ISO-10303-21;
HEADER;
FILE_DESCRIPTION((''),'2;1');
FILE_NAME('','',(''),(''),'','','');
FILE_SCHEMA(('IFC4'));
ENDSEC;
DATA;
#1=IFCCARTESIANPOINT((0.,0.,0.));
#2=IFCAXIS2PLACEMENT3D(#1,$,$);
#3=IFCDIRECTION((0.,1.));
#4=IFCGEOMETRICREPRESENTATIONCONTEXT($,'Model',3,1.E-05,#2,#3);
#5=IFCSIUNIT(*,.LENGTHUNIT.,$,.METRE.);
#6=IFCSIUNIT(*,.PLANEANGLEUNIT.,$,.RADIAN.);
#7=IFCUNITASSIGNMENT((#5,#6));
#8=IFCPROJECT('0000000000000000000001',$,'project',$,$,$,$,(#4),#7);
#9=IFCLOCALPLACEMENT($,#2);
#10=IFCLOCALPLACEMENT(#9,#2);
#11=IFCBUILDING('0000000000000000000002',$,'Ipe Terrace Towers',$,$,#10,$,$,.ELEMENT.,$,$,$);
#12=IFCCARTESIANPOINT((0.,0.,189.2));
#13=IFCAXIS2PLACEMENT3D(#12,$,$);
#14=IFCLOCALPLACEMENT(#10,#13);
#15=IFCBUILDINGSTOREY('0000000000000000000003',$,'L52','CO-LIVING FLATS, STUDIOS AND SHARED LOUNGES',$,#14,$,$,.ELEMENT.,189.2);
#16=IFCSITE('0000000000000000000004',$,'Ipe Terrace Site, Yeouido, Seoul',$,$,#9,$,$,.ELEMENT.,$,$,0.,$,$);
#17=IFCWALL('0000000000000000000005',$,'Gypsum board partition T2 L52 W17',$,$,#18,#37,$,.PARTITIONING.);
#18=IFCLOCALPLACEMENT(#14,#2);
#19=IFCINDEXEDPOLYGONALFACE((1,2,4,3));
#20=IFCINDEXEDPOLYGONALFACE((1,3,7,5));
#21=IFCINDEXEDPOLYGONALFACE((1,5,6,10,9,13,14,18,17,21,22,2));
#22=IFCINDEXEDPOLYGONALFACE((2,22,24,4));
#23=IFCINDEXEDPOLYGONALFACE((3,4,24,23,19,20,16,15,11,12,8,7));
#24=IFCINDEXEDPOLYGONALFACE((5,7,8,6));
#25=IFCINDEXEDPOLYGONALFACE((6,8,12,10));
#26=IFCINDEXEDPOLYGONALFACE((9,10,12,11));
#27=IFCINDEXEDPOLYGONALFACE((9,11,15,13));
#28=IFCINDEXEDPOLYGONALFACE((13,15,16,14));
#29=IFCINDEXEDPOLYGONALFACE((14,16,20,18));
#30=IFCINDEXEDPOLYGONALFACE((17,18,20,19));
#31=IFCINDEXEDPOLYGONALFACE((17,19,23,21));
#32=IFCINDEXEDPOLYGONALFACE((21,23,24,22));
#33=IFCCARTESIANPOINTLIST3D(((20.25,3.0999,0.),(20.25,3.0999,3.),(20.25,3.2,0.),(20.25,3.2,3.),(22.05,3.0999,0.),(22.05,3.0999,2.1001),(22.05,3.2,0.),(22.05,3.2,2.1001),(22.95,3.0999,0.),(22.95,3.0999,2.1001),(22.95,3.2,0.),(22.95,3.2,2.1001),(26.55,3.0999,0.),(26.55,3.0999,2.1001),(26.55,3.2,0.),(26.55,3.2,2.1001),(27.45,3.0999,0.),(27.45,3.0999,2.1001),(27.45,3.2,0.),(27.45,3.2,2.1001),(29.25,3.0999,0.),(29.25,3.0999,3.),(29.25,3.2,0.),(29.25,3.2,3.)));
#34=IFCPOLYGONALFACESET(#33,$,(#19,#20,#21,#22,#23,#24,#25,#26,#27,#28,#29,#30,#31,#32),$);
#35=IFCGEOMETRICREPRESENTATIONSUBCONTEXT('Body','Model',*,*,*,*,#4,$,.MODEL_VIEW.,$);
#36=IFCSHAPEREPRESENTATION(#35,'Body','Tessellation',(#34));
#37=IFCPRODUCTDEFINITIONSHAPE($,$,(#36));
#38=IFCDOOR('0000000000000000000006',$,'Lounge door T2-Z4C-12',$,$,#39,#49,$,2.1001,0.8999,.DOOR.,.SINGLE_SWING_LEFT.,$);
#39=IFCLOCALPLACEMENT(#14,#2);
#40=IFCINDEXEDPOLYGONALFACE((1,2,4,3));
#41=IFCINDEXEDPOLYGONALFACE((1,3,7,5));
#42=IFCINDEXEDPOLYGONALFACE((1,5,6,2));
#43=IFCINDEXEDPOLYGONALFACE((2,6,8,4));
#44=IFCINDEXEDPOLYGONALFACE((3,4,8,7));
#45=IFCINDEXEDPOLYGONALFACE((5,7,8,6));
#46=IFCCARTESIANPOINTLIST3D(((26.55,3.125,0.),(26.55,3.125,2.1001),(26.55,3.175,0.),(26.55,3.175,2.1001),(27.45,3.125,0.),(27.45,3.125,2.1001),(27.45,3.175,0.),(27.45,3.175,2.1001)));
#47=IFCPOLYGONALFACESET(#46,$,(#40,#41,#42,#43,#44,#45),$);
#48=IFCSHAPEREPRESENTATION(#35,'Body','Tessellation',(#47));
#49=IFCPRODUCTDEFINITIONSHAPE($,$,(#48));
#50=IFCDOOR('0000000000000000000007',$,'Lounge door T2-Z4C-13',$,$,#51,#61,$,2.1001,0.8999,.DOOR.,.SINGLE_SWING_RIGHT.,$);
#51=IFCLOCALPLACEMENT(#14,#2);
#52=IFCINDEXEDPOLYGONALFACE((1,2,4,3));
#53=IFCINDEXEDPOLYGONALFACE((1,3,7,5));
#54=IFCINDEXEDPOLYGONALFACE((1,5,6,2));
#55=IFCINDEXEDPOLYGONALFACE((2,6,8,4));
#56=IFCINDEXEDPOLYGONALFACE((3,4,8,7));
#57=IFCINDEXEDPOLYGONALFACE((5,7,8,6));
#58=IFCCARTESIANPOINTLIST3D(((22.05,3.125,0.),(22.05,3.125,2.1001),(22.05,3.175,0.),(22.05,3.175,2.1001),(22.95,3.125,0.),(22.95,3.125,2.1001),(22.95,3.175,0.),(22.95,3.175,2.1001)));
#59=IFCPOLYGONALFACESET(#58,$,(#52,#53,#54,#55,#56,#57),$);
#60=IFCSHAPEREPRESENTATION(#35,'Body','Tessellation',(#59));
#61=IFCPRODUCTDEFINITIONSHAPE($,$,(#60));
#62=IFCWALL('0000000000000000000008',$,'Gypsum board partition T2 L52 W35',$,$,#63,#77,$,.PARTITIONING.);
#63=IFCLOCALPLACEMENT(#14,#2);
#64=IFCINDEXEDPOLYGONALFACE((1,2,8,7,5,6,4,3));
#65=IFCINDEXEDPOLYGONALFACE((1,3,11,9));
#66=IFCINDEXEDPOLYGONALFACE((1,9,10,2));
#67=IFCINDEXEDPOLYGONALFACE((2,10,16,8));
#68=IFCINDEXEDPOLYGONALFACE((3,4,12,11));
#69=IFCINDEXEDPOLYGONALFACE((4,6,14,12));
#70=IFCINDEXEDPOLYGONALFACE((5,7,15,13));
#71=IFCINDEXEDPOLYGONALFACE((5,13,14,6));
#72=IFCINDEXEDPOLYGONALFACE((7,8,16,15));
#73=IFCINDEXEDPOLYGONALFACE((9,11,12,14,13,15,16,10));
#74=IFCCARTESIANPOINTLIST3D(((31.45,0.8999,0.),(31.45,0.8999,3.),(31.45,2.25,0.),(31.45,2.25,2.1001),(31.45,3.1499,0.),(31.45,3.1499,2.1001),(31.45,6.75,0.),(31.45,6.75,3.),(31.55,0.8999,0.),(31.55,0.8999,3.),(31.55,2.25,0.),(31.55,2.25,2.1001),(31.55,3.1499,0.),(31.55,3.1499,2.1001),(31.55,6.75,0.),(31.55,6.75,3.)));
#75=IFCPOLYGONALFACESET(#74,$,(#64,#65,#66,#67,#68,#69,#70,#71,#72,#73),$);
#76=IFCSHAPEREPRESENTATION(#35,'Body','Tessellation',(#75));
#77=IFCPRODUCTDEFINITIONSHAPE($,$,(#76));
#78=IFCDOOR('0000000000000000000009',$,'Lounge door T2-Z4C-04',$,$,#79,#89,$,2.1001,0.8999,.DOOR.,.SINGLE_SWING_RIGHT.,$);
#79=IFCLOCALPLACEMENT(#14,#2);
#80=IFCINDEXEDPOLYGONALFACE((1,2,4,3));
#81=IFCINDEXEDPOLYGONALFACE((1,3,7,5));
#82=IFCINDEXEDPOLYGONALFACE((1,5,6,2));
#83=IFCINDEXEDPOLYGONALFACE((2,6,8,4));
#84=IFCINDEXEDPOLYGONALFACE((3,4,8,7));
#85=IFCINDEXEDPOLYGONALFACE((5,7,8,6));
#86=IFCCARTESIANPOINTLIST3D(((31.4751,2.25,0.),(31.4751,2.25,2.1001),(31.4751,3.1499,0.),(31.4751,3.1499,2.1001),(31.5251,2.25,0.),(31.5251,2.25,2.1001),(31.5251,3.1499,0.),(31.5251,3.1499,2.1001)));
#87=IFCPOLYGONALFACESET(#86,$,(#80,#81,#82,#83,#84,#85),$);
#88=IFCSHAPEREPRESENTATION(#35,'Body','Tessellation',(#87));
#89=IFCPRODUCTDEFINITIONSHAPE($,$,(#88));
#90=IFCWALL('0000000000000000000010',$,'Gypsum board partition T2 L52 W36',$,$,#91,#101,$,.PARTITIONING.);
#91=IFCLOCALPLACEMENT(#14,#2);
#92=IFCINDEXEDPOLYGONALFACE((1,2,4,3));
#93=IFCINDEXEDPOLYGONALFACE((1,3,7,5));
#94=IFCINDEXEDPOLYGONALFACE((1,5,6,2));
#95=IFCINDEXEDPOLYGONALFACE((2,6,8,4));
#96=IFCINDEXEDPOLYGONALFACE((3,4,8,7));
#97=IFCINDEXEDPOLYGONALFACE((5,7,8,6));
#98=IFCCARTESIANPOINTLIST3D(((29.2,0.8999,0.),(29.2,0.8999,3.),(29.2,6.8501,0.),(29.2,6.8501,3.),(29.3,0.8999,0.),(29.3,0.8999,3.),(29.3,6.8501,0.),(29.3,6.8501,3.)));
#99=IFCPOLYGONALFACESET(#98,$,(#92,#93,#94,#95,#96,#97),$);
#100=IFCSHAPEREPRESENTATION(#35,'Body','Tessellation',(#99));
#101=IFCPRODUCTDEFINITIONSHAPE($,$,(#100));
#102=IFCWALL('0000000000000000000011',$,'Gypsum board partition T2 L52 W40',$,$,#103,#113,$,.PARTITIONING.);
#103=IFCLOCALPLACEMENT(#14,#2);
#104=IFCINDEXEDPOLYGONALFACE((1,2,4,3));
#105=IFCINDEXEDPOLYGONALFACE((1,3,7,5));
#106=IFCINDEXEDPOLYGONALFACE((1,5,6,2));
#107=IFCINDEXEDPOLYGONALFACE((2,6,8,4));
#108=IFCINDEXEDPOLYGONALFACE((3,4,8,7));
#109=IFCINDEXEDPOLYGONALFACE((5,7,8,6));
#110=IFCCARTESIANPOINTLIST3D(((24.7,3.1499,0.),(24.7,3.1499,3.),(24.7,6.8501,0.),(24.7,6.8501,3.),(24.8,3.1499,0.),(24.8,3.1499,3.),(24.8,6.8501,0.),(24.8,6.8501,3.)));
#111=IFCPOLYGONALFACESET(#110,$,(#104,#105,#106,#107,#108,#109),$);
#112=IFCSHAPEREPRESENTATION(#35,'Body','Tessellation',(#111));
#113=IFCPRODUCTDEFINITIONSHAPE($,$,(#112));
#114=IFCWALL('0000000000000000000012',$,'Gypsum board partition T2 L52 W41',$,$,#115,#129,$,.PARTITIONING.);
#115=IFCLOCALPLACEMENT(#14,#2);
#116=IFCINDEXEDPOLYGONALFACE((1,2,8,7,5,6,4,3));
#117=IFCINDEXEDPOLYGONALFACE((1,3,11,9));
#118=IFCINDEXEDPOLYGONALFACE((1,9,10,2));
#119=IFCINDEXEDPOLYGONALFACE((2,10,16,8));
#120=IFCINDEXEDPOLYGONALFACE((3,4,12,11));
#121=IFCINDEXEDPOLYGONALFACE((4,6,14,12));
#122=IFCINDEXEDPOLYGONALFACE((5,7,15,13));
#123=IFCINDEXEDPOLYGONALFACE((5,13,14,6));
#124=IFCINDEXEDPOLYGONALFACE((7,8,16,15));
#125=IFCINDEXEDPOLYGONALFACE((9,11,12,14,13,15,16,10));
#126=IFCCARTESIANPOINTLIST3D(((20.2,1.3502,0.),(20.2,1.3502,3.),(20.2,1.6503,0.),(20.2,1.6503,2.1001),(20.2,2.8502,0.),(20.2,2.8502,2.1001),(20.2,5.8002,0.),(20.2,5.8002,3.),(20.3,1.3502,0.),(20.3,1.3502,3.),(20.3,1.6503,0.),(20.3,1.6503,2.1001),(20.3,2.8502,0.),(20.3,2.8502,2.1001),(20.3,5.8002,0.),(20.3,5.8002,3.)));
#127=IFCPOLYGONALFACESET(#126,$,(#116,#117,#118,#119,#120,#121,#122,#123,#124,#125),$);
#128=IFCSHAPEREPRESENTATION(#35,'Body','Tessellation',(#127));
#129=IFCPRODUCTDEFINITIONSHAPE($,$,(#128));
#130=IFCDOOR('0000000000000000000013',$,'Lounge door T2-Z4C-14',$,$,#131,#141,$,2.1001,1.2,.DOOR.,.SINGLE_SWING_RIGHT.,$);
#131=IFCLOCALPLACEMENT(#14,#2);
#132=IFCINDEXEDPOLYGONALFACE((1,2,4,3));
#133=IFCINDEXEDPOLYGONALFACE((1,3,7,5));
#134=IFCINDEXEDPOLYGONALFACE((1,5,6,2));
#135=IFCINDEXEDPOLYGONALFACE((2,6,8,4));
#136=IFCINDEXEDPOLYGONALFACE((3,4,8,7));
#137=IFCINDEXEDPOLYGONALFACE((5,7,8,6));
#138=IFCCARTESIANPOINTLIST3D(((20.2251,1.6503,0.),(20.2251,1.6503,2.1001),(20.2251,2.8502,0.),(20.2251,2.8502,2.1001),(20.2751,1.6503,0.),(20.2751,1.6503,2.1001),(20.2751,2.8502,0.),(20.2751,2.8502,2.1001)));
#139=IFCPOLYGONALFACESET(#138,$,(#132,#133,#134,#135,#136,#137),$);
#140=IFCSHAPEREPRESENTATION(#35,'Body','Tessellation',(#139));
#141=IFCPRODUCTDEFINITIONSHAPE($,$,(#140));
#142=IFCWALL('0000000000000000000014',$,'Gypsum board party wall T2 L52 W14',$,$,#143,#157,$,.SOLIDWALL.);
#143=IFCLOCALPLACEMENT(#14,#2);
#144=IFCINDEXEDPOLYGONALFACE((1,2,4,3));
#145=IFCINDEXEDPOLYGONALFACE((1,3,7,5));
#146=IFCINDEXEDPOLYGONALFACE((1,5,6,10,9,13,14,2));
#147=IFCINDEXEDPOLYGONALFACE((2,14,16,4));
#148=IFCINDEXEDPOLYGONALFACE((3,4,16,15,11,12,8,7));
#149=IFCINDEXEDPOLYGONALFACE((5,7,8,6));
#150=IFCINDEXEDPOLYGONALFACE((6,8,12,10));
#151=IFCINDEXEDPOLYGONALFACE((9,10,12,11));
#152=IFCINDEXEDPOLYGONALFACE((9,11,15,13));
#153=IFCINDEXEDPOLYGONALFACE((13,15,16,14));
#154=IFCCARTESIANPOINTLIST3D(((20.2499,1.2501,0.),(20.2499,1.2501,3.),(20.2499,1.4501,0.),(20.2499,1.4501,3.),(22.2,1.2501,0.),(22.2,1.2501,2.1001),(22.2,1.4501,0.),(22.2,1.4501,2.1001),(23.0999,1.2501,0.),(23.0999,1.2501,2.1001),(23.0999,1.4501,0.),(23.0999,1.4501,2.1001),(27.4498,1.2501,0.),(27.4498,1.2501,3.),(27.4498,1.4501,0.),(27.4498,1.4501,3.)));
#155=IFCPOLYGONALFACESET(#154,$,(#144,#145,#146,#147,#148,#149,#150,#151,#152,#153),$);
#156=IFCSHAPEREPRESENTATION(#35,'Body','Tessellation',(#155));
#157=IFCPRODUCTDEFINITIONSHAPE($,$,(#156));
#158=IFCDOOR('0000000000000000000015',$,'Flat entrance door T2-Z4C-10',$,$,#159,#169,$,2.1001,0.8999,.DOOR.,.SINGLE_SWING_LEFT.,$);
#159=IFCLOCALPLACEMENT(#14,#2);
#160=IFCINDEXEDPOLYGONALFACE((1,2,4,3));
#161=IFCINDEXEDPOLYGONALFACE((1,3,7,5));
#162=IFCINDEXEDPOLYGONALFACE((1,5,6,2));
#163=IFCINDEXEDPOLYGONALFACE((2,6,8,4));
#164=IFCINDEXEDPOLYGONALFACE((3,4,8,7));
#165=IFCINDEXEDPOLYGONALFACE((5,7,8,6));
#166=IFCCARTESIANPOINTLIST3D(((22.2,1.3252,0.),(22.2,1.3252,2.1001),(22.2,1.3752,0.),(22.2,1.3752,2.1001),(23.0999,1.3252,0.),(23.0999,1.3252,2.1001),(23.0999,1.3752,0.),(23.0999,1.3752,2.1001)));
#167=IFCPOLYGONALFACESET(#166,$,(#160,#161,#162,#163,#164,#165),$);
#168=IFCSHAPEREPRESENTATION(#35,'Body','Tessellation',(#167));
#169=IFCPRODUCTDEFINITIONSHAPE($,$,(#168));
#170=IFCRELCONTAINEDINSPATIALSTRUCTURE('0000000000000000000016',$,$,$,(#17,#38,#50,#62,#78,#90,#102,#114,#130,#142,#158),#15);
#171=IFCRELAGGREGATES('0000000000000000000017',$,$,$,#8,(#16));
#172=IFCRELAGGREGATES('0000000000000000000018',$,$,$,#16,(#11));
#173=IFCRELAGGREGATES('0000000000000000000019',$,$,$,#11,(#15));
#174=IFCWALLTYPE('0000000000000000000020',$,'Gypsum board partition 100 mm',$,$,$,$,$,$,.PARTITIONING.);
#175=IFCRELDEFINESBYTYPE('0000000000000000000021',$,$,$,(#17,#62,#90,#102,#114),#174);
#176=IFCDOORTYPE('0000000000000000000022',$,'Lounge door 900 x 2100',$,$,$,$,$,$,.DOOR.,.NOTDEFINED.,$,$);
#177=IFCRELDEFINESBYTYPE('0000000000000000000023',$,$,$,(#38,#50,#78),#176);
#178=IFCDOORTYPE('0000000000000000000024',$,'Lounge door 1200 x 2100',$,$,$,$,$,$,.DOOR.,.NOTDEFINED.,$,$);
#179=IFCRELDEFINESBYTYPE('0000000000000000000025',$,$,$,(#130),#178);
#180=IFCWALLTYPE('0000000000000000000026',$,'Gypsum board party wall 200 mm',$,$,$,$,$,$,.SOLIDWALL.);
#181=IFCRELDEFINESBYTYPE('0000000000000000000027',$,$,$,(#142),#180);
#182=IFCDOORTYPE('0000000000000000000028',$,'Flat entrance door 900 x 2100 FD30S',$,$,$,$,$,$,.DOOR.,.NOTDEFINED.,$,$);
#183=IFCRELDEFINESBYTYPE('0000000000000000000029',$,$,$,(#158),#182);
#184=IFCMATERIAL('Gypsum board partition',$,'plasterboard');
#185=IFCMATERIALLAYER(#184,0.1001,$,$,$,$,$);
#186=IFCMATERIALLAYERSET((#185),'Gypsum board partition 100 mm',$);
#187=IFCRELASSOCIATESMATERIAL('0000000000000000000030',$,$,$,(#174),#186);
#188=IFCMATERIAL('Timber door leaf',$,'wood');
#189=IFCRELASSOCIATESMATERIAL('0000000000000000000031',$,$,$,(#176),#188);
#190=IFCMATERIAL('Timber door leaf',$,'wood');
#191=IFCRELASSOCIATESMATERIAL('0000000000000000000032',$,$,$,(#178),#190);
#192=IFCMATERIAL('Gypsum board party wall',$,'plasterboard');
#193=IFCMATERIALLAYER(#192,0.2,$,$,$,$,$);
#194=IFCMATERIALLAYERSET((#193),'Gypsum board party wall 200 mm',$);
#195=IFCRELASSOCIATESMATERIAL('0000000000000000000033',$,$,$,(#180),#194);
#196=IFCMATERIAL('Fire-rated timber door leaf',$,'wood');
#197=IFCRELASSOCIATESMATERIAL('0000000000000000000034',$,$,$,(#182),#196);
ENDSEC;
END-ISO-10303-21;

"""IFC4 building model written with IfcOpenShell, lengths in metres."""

from ifc_helpers import new_model, si_unit, direction, frame, frame_2d, origin, place, context, subcontext, project, spatial, rectangle, extrude, material, layer, layer_set, type_object, element, fill, save


model = new_model("IFC4")

# Units and contexts
model_context = context("Model", 3, precision=1e-05, world=origin(), true_north=direction((0.0, 1.0)))
body_context = subcontext(model_context, "Body", "Model", "MODEL_VIEW")
ifc_project = project(units=[si_unit("LENGTHUNIT", "METRE"), si_unit("PLANEANGLEUNIT", "RADIAN")], contexts=[model_context])

# Site, building, storey
site_placement = place(None, origin())
site = spatial("IfcSite", under=ifc_project, at=site_placement, Name="Ipe Terrace Site, Yeouido, Seoul", CompositionType="ELEMENT", RefElevation=0.0)
building_placement = place(site_placement, origin())
building = spatial("IfcBuilding", under=site, at=building_placement, Name="Ipe Terrace Towers", CompositionType="ELEMENT")
storey_placement = place(building_placement, frame((0.0, 0.0, 189.2)))
storey = spatial("IfcBuildingStorey", under=building, at=storey_placement, Name="L52", Description="CO-LIVING FLATS, STUDIOS AND SHARED LOUNGES", CompositionType="ELEMENT", Elevation=189.2)

# Shared definitions
ifc_material_1 = material(Name="Gypsum board partition", Category="plasterboard")
ifc_layer_1 = layer(ifc_material_1, 0.1001)
ifc_layer_set_1 = layer_set([ifc_layer_1], Name="Gypsum board partition 100 mm")
wall_type_1 = type_object("IfcWallType", Name="Gypsum board partition 100 mm", PredefinedType="PARTITIONING", material=ifc_layer_set_1)

# Wall, openings, doors
wall_1_placement = place(storey_placement, frame((29.25, 3.1499, 0.0), z_axis=(0.0, 0.0, 1.0), x_axis=(-1.0, 0.0, 0.0)))
wall_1 = element("IfcWall", 1, at=wall_1_placement, inside=storey, type_object=wall_type_1, Name="Gypsum board partition T2 L52 W17", PredefinedType="PARTITIONING", context=body_context, shape_type="SweptSolid", body=[
    extrude(rectangle(XDim=9.0, YDim=0.1001, at=frame_2d((4.5, 0.0))), origin(), (0.0, 0.0, 1.0), 3.0),
])
opening_1_placement = place(wall_1_placement, frame((1.8, 0.0, 0.0)))
opening_1 = element("IfcOpeningElement", 2, at=opening_1_placement, cuts=wall_1, PredefinedType="OPENING", context=body_context, shape_type="SweptSolid", body=[
    extrude(rectangle(XDim=0.8999, YDim=2.1001, at=frame_2d((0.45, 1.05))), frame((0.0, 0.0601, 0.0), z_axis=(0.0, -1.0, 0.0), x_axis=(1.0, 0.0, 0.0)), (0.0, 0.0, 1.0), 0.1201),
])
opening_2_placement = place(wall_1_placement, frame((6.3, 0.0, 0.0)))
opening_2 = element("IfcOpeningElement", 3, at=opening_2_placement, cuts=wall_1, PredefinedType="OPENING", context=body_context, shape_type="SweptSolid", body=[
    extrude(rectangle(XDim=0.8999, YDim=2.1001, at=frame_2d((0.45, 1.05))), frame((0.0, 0.0601, 0.0), z_axis=(0.0, -1.0, 0.0), x_axis=(1.0, 0.0, 0.0)), (0.0, 0.0, 1.0), 0.1201),
])
ifc_material_2 = material(Name="Timber door leaf", Category="wood")
door_type_1 = type_object("IfcDoorType", Name="Lounge door 900 x 2100", OperationType="NOTDEFINED", PredefinedType="DOOR", material=ifc_material_2)
door_1_placement = place(opening_1_placement, origin())
door_1 = element("IfcDoor", 4, at=door_1_placement, inside=storey, type_object=door_type_1, Name="Lounge door T2-Z4C-12", OperationType="SINGLE_SWING_LEFT", OverallHeight=2.1001, OverallWidth=0.8999, PredefinedType="DOOR", context=body_context, shape_type="SweptSolid", body=[
    extrude(rectangle(XDim=0.8999, YDim=2.1001, at=frame_2d((0.45, 1.05))), frame((0.0, 0.0249, 0.0), z_axis=(0.0, -1.0, 0.0), x_axis=(1.0, 0.0, 0.0)), (0.0, 0.0, 1.0), 0.05),
])
fill(opening_1, door_1)
door_2_placement = place(opening_2_placement, origin())
door_2 = element("IfcDoor", 5, at=door_2_placement, inside=storey, type_object=door_type_1, Name="Lounge door T2-Z4C-13", OperationType="SINGLE_SWING_RIGHT", OverallHeight=2.1001, OverallWidth=0.8999, PredefinedType="DOOR", context=body_context, shape_type="SweptSolid", body=[
    extrude(rectangle(XDim=0.8999, YDim=2.1001, at=frame_2d((0.45, 1.05))), frame((0.0, 0.0249, 0.0), z_axis=(0.0, -1.0, 0.0), x_axis=(1.0, 0.0, 0.0)), (0.0, 0.0, 1.0), 0.05),
])
fill(opening_2, door_2)

# Wall, opening, door
wall_2_placement = place(storey_placement, frame((31.5, 0.8999, 0.0), z_axis=(0.0, 0.0, 1.0), x_axis=(0.0, 1.0, 0.0)))
wall_2 = element("IfcWall", 6, at=wall_2_placement, inside=storey, type_object=wall_type_1, Name="Gypsum board partition T2 L52 W35", PredefinedType="PARTITIONING", context=body_context, shape_type="SweptSolid", body=[
    extrude(rectangle(XDim=5.8501, YDim=0.1001, at=frame_2d((2.925, 0.0))), origin(), (0.0, 0.0, 1.0), 3.0),
])
opening_3_placement = place(wall_2_placement, frame((1.3501, 0.0, 0.0)))
opening_3 = element("IfcOpeningElement", 7, at=opening_3_placement, cuts=wall_2, PredefinedType="OPENING", context=body_context, shape_type="SweptSolid", body=[
    extrude(rectangle(XDim=0.8999, YDim=2.1001, at=frame_2d((0.45, 1.05))), frame((0.0, 0.0601, 0.0), z_axis=(0.0, -1.0, 0.0), x_axis=(1.0, 0.0, 0.0)), (0.0, 0.0, 1.0), 0.1201),
])
door_3_placement = place(opening_3_placement, origin())
door_3 = element("IfcDoor", 8, at=door_3_placement, inside=storey, type_object=door_type_1, Name="Lounge door T2-Z4C-04", OperationType="SINGLE_SWING_RIGHT", OverallHeight=2.1001, OverallWidth=0.8999, PredefinedType="DOOR", context=body_context, shape_type="SweptSolid", body=[
    extrude(rectangle(XDim=0.8999, YDim=2.1001, at=frame_2d((0.45, 1.05))), frame((0.0, 0.0249, 0.0), z_axis=(0.0, -1.0, 0.0), x_axis=(1.0, 0.0, 0.0)), (0.0, 0.0, 1.0), 0.05),
])
fill(opening_3, door_3)

# Walls
wall_3_placement = place(storey_placement, frame((29.25, 0.8999, 0.0), z_axis=(0.0, 0.0, 1.0), x_axis=(0.0, 1.0, 0.0)))
element("IfcWall", 9, at=wall_3_placement, inside=storey, type_object=wall_type_1, Name="Gypsum board partition T2 L52 W36", PredefinedType="PARTITIONING", context=body_context, shape_type="SweptSolid", body=[
    extrude(rectangle(XDim=5.9502, YDim=0.1001, at=frame_2d((2.9751, 0.0))), origin(), (0.0, 0.0, 1.0), 3.0),
])
wall_4_placement = place(storey_placement, frame((24.75, 3.1499, 0.0), z_axis=(0.0, 0.0, 1.0), x_axis=(0.0, 1.0, 0.0)))
element("IfcWall", 10, at=wall_4_placement, inside=storey, type_object=wall_type_1, Name="Gypsum board partition T2 L52 W40", PredefinedType="PARTITIONING", context=body_context, shape_type="SweptSolid", body=[
    extrude(rectangle(XDim=3.7002, YDim=0.1001, at=frame_2d((1.8501, 0.0))), origin(), (0.0, 0.0, 1.0), 3.0),
])

# Walls, openings, doors
wall_5_placement = place(storey_placement, frame((20.25, 1.3501, 0.0), z_axis=(0.0, 0.0, 1.0), x_axis=(0.0, 1.0, 0.0)))
wall_5 = element("IfcWall", 11, at=wall_5_placement, inside=storey, type_object=wall_type_1, Name="Gypsum board partition T2 L52 W41", PredefinedType="PARTITIONING", context=body_context, shape_type="SweptSolid", body=[
    extrude(rectangle(XDim=4.45, YDim=0.1001, at=frame_2d((2.2251, 0.0))), origin(), (0.0, 0.0, 1.0), 3.0),
])
opening_4_placement = place(wall_5_placement, frame((0.3, 0.0, 0.0)))
opening_4 = element("IfcOpeningElement", 12, at=opening_4_placement, cuts=wall_5, PredefinedType="OPENING", context=body_context, shape_type="SweptSolid", body=[
    extrude(rectangle(XDim=1.2, YDim=2.1001, at=frame_2d((0.6001, 1.05))), frame((0.0, 0.0601, 0.0), z_axis=(0.0, -1.0, 0.0), x_axis=(1.0, 0.0, 0.0)), (0.0, 0.0, 1.0), 0.1201),
])
ifc_material_3 = material(Name="Timber door leaf", Category="wood")
door_type_2 = type_object("IfcDoorType", Name="Lounge door 1200 x 2100", OperationType="NOTDEFINED", PredefinedType="DOOR", material=ifc_material_3)
door_4_placement = place(opening_4_placement, origin())
door_4 = element("IfcDoor", 13, at=door_4_placement, inside=storey, type_object=door_type_2, Name="Lounge door T2-Z4C-14", OperationType="SINGLE_SWING_RIGHT", OverallHeight=2.1001, OverallWidth=1.2, PredefinedType="DOOR", context=body_context, shape_type="SweptSolid", body=[
    extrude(rectangle(XDim=1.2, YDim=2.1001, at=frame_2d((0.6001, 1.05))), frame((0.0, 0.0249, 0.0), z_axis=(0.0, -1.0, 0.0), x_axis=(1.0, 0.0, 0.0)), (0.0, 0.0, 1.0), 0.05),
])
fill(opening_4, door_4)
ifc_material_4 = material(Name="Gypsum board party wall", Category="plasterboard")
ifc_layer_2 = layer(ifc_material_4, 0.2)
ifc_layer_set_2 = layer_set([ifc_layer_2], Name="Gypsum board party wall 200 mm")
wall_type_2 = type_object("IfcWallType", Name="Gypsum board party wall 200 mm", PredefinedType="SOLIDWALL", material=ifc_layer_set_2)
wall_6_placement = place(storey_placement, frame((27.45, 1.3501, 0.0), z_axis=(0.0, 0.0, 1.0), x_axis=(-1.0, 0.0, 0.0)))
wall_6 = element("IfcWall", 14, at=wall_6_placement, inside=storey, type_object=wall_type_2, Name="Gypsum board party wall T2 L52 W14", PredefinedType="SOLIDWALL", context=body_context, shape_type="SweptSolid", body=[
    extrude(rectangle(XDim=7.2, YDim=0.2, at=frame_2d((3.6001, 0.0))), origin(), (0.0, 0.0, 1.0), 3.0),
])
opening_5_placement = place(wall_6_placement, frame((4.3501, 0.0, 0.0)))
opening_5 = element("IfcOpeningElement", 15, at=opening_5_placement, cuts=wall_6, PredefinedType="OPENING", context=body_context, shape_type="SweptSolid", body=[
    extrude(rectangle(XDim=0.8999, YDim=2.1001, at=frame_2d((0.45, 1.05))), frame((0.0, 0.1099, 0.0), z_axis=(0.0, -1.0, 0.0), x_axis=(1.0, 0.0, 0.0)), (0.0, 0.0, 1.0), 0.22),
])
ifc_material_5 = material(Name="Fire-rated timber door leaf", Category="wood")
door_type_3 = type_object("IfcDoorType", Name="Flat entrance door 900 x 2100 FD30S", OperationType="NOTDEFINED", PredefinedType="DOOR", material=ifc_material_5)
door_5_placement = place(opening_5_placement, origin())
door_5 = element("IfcDoor", 16, at=door_5_placement, inside=storey, type_object=door_type_3, Name="Flat entrance door T2-Z4C-10", OperationType="SINGLE_SWING_LEFT", OverallHeight=2.1001, OverallWidth=0.8999, PredefinedType="DOOR", context=body_context, shape_type="SweptSolid", body=[
    extrude(rectangle(XDim=0.8999, YDim=2.1001, at=frame_2d((0.45, 1.05))), frame((0.0, 0.0249, 0.0), z_axis=(0.0, -1.0, 0.0), x_axis=(1.0, 0.0, 0.0)), (0.0, 0.0, 1.0), 0.05),
])
fill(opening_5, door_5)

save(model, "model.ifc")
